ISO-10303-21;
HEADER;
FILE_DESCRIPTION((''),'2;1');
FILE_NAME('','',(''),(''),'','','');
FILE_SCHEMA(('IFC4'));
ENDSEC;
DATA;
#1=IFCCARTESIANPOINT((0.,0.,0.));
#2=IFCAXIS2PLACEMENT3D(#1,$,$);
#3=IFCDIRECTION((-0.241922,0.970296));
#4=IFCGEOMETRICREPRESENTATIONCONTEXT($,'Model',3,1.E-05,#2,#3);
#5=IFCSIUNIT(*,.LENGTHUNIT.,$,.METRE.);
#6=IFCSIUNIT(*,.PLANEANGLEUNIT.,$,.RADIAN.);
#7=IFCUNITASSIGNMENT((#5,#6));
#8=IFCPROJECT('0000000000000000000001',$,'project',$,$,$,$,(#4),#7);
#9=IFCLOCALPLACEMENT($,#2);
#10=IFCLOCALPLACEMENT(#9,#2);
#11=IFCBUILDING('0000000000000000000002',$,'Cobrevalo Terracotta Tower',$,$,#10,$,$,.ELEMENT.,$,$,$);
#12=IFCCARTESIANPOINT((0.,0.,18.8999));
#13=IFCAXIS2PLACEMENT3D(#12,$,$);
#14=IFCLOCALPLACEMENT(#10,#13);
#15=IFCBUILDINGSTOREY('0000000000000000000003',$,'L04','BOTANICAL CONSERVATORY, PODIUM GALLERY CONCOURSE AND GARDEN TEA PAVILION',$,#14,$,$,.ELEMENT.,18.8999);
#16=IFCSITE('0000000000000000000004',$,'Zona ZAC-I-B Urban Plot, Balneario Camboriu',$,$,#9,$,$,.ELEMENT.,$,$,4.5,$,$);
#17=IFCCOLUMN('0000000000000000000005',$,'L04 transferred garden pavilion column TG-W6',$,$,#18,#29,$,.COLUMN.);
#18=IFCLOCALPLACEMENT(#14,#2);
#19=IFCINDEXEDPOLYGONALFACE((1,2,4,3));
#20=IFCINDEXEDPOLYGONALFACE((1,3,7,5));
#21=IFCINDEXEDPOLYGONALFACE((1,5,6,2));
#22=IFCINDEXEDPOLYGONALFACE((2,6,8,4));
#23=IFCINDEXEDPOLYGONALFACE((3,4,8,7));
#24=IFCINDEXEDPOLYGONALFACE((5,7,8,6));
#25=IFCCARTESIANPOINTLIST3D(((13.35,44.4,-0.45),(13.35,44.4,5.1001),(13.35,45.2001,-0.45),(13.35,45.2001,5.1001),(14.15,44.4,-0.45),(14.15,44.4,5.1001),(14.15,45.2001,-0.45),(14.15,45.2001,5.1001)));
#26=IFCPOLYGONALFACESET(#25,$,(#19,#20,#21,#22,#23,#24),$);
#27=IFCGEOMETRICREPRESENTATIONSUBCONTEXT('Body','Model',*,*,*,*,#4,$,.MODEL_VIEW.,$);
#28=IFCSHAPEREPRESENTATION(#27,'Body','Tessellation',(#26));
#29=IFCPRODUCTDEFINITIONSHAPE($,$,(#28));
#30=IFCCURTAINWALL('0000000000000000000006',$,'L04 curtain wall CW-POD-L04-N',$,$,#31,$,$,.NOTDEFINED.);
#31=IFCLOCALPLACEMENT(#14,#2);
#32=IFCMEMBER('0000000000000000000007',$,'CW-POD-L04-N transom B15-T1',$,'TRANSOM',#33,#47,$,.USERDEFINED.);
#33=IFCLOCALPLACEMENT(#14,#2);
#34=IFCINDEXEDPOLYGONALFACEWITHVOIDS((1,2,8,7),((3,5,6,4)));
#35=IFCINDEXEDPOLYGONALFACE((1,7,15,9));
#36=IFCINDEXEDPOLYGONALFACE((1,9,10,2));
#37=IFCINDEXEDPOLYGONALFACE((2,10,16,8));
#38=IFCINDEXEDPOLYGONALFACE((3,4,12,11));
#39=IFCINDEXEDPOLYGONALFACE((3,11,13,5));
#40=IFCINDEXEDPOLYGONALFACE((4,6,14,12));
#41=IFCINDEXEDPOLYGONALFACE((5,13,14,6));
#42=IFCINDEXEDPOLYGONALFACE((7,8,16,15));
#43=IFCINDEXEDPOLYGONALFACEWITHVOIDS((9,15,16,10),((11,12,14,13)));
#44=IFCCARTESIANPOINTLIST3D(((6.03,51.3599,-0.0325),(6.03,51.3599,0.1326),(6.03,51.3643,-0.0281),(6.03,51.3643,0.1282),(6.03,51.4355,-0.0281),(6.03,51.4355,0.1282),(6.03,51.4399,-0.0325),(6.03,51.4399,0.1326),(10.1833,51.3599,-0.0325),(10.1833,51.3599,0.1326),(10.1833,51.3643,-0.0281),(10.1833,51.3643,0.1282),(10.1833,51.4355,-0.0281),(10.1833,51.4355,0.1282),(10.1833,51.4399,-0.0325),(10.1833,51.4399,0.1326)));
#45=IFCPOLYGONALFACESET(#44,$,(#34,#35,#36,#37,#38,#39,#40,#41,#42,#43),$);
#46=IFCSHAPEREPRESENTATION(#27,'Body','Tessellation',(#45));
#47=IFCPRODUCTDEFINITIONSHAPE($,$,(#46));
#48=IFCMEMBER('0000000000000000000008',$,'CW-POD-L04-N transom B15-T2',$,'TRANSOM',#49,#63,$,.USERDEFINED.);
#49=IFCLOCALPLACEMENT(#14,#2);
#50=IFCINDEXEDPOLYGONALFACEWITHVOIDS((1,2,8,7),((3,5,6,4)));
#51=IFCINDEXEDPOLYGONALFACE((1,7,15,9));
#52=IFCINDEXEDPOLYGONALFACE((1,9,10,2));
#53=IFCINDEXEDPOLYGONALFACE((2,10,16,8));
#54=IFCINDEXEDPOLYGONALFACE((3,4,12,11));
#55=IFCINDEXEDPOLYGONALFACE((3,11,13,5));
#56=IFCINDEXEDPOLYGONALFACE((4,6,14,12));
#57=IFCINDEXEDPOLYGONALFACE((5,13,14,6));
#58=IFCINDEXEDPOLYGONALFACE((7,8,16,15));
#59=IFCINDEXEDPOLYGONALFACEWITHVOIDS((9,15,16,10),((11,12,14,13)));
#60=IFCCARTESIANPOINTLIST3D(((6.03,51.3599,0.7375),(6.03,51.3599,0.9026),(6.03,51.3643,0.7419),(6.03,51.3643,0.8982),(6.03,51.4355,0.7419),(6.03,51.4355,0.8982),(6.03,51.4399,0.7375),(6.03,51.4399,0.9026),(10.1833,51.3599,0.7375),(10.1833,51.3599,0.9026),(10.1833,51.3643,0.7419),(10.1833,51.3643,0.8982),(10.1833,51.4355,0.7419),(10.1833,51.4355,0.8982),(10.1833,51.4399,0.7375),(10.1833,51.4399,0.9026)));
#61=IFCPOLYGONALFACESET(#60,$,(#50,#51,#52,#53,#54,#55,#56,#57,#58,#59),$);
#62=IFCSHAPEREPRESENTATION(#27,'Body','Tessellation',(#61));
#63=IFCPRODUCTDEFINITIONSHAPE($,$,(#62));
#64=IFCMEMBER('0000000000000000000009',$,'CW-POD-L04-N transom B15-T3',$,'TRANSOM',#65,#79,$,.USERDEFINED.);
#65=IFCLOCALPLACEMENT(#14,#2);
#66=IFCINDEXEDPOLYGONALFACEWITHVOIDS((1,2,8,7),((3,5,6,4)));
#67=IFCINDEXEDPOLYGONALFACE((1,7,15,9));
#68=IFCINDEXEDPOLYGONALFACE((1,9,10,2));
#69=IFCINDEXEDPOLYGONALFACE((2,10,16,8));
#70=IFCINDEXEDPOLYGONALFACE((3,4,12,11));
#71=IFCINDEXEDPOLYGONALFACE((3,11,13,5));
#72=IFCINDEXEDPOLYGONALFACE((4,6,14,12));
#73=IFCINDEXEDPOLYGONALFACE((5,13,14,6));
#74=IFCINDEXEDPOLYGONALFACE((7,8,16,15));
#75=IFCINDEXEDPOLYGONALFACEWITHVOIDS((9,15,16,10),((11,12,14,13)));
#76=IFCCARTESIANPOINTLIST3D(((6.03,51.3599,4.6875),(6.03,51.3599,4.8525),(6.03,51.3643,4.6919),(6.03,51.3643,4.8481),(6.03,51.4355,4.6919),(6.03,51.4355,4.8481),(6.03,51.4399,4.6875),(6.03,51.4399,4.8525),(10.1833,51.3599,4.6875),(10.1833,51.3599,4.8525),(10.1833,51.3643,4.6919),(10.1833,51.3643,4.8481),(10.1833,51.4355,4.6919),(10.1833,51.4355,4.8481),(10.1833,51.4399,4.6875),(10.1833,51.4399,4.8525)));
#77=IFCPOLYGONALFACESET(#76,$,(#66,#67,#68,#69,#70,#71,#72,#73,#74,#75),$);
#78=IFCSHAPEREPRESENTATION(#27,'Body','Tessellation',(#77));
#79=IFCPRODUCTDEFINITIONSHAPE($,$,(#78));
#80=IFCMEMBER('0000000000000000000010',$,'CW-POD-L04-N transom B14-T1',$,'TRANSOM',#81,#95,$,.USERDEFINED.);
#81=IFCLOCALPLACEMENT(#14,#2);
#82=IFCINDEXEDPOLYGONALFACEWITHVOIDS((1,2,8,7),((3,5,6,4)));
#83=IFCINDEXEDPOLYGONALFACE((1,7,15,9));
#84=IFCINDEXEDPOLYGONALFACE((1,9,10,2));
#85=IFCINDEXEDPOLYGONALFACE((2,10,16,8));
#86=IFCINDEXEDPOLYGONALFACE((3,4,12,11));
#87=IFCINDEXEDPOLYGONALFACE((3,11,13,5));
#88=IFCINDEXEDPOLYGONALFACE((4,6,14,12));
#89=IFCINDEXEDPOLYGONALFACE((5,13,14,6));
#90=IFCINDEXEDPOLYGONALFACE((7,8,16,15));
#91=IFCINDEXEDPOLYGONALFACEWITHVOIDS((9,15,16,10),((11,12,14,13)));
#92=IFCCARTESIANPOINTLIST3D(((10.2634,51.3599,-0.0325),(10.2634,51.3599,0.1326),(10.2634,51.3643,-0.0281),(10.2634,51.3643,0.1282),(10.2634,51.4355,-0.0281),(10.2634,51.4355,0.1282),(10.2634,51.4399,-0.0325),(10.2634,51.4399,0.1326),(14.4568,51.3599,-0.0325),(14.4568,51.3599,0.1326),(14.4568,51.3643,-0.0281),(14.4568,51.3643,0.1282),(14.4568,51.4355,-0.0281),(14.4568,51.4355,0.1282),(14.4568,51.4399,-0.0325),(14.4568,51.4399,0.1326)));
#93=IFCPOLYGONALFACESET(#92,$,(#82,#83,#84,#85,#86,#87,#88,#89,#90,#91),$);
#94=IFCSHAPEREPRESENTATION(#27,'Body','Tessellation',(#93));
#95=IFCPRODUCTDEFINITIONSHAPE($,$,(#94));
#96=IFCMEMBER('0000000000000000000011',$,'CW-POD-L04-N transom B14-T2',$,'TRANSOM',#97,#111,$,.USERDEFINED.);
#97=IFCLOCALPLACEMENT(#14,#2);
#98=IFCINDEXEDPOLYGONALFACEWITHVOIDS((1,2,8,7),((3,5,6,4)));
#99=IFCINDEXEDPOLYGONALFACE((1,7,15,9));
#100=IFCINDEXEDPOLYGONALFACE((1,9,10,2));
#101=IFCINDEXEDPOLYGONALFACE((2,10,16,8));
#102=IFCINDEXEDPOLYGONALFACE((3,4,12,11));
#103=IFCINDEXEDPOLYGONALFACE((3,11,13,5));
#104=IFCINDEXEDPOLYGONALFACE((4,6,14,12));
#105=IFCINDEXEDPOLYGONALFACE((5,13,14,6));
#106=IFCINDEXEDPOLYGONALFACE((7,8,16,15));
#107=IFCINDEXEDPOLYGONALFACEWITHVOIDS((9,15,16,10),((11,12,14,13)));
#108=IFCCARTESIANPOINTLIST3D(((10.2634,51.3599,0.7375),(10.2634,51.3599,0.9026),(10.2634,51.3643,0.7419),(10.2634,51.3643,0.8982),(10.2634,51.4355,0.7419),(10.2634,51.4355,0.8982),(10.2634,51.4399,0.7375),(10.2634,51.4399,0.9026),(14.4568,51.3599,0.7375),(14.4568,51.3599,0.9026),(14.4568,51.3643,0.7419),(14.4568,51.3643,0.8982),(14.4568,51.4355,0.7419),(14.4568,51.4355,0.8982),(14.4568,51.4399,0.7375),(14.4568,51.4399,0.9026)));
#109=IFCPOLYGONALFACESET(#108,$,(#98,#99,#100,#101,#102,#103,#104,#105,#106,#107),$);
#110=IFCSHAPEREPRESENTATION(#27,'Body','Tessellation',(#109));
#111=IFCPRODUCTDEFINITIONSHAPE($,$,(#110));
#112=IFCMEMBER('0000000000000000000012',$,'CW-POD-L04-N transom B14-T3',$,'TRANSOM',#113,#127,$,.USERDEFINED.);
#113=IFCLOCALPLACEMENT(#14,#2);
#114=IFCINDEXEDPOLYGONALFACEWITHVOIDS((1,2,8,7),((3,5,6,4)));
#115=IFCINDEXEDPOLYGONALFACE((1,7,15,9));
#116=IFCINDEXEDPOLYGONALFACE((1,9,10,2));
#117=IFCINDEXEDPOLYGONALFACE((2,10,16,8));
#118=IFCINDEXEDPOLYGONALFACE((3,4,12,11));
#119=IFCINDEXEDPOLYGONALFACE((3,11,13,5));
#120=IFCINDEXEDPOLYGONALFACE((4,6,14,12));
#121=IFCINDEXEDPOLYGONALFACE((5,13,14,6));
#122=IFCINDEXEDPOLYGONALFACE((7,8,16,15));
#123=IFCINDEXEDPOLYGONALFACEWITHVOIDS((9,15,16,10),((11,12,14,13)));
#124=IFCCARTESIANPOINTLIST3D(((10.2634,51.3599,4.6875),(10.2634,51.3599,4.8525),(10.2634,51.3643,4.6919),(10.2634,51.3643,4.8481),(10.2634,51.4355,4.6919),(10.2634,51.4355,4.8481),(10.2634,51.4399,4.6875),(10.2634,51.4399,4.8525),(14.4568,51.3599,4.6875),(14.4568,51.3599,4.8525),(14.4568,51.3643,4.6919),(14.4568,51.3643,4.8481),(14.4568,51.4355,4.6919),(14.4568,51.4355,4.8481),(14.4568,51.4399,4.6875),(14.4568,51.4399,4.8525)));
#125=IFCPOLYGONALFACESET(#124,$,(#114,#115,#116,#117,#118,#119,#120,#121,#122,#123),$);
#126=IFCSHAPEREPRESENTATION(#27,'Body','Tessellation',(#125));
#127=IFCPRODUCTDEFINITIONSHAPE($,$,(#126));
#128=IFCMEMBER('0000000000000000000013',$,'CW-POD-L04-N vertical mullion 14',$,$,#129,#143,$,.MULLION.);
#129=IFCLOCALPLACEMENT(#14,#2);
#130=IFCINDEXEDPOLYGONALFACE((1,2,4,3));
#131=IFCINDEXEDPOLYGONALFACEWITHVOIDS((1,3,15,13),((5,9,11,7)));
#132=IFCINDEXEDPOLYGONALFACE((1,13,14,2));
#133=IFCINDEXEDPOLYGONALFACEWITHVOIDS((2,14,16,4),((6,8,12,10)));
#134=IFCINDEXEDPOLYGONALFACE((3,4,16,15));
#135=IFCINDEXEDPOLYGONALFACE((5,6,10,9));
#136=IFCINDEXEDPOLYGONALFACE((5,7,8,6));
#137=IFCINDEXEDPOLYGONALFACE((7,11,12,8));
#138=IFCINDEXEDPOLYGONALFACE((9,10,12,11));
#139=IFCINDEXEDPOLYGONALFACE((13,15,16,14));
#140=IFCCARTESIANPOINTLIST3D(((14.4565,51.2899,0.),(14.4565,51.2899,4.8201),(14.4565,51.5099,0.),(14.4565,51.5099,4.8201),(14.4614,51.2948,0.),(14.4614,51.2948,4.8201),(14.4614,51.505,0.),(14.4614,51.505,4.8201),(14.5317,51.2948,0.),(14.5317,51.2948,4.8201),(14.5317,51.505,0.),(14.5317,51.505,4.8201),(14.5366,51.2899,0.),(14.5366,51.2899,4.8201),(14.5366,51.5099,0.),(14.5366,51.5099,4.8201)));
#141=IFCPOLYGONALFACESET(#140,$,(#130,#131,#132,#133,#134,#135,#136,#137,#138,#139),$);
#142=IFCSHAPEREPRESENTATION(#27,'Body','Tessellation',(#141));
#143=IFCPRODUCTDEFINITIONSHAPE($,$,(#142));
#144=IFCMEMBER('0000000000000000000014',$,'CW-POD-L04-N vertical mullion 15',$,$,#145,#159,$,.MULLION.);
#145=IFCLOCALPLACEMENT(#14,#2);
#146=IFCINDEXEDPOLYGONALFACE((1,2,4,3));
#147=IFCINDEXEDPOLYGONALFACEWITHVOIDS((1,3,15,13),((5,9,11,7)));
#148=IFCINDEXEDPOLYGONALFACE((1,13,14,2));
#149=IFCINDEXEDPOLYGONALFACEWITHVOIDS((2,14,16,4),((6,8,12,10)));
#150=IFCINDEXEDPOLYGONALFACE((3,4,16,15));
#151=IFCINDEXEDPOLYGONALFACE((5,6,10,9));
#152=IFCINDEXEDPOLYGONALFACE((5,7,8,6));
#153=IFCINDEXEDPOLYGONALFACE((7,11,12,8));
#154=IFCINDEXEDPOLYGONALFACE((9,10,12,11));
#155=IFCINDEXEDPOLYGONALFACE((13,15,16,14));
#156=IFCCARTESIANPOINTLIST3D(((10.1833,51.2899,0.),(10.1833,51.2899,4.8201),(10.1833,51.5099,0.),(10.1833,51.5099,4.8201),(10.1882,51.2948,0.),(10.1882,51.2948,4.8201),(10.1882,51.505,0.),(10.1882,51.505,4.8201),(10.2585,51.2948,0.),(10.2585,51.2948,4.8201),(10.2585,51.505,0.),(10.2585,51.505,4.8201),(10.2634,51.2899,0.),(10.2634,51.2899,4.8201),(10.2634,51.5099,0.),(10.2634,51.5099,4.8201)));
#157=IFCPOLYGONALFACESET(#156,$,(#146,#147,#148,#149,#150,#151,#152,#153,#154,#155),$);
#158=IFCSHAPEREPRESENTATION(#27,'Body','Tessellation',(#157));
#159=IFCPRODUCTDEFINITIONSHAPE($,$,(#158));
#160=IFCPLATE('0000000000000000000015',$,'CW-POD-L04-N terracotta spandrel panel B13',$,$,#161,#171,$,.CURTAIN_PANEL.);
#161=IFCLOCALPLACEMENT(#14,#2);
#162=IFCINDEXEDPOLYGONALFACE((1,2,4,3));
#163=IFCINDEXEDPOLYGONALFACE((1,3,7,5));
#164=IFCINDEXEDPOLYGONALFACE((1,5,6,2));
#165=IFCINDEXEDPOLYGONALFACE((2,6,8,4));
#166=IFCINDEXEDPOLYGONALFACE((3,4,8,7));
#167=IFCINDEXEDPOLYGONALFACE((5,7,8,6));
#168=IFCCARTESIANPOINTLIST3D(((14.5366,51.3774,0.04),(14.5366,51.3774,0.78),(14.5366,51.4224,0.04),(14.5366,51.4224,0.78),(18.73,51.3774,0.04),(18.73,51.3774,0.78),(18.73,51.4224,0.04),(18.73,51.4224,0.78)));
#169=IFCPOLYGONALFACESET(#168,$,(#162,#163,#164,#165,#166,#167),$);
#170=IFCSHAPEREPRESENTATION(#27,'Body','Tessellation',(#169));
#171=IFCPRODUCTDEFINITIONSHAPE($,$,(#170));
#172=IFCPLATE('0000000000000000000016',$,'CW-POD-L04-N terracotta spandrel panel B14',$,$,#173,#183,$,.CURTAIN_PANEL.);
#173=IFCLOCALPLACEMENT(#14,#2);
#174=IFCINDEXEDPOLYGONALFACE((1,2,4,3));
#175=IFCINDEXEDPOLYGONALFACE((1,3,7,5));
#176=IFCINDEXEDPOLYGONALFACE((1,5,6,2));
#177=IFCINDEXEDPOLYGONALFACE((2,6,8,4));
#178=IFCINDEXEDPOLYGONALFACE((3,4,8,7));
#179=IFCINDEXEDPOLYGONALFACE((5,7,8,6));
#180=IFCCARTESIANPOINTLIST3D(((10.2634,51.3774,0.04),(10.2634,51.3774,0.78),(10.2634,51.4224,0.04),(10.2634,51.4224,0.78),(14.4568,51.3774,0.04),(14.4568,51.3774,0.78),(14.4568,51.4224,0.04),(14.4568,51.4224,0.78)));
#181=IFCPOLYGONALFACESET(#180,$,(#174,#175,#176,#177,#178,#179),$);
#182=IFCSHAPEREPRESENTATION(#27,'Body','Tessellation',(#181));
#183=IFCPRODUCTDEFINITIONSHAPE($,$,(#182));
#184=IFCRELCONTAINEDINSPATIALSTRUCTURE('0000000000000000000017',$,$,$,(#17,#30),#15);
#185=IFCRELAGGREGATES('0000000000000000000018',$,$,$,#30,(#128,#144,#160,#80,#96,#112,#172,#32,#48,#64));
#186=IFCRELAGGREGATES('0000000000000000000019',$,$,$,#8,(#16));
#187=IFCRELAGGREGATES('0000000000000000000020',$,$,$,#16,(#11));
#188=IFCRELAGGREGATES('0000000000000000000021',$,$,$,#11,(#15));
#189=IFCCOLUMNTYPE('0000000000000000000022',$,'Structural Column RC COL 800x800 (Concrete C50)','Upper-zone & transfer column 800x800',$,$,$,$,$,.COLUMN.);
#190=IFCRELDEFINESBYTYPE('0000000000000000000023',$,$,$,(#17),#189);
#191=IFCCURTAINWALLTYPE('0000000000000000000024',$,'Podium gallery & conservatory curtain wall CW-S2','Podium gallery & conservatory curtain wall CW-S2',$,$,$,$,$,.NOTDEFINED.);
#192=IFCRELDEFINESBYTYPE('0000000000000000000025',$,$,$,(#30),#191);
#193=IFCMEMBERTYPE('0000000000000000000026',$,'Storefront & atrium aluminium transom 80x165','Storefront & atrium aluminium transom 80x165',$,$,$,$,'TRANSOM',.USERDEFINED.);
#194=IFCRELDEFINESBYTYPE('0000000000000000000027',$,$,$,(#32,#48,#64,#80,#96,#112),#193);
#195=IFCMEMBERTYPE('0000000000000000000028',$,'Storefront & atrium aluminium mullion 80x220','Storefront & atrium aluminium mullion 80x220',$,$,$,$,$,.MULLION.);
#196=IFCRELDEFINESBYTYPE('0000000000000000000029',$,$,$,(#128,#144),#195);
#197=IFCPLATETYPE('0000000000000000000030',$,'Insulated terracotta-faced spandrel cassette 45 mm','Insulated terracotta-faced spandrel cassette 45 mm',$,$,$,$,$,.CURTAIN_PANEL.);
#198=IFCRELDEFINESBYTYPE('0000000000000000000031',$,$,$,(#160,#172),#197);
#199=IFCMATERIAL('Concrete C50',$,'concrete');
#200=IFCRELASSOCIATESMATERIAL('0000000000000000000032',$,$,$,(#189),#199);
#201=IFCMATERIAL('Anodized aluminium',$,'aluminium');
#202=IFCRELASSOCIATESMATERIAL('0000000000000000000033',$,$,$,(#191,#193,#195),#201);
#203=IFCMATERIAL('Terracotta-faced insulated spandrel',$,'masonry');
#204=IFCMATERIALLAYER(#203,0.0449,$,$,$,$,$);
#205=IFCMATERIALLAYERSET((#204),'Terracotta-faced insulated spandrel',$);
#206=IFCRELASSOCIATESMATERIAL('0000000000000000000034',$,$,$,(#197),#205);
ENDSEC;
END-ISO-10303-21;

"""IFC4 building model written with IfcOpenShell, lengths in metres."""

from ifc_helpers import new_model, si_unit, direction, frame, origin, origin_2d, place, context, subcontext, project, spatial, rectangle, hollow_rectangle, extrude, source, transform, mapped, material, layer, layer_set, material_profile, profile_set, type_object, element, aggregate, save


model = new_model("IFC4")

# Units and contexts
model_context = context("Model", 3, precision=1e-05, world=origin(), true_north=direction((-0.241922, 0.970296)))
body_context = subcontext(model_context, "Body", "Model", "MODEL_VIEW")
ifc_project = project(units=[si_unit("LENGTHUNIT", "METRE"), si_unit("PLANEANGLEUNIT", "RADIAN")], contexts=[model_context])

# Site, building, storey
site_placement = place(None, origin())
site = spatial("IfcSite", under=ifc_project, at=site_placement, Name="Zona ZAC-I-B Urban Plot, Balneario Camboriu", CompositionType="ELEMENT", RefElevation=4.5)
building_placement = place(site_placement, origin())
building = spatial("IfcBuilding", under=site, at=building_placement, Name="Cobrevalo Terracotta Tower", CompositionType="ELEMENT")
storey_placement = place(building_placement, frame((0.0, 0.0, 18.8999)))
storey = spatial("IfcBuildingStorey", under=building, at=storey_placement, Name="L04", Description="BOTANICAL CONSERVATORY, PODIUM GALLERY CONCOURSE AND GARDEN TEA PAVILION", CompositionType="ELEMENT", Elevation=18.8999)

# Column
ifc_material_1 = material(Name="Concrete C50", Category="concrete")
ifc_material_profile_1 = material_profile(ifc_material_1, rectangle(XDim=0.8, YDim=0.8, at=origin_2d()), Name="RC COL 800x800")
ifc_profile_set_1 = profile_set([ifc_material_profile_1], Name="Concrete C50")
column_type = type_object("IfcColumnType", Name="Structural Column RC COL 800x800 (Concrete C50)", Description="Upper-zone & transfer column 800x800", PredefinedType="COLUMN", material=ifc_profile_set_1)
column_placement = place(storey_placement, frame((13.75, 44.8, -0.45), z_axis=(0.0, 0.0, 1.0), x_axis=(1.0, 0.0, 0.0)))
element("IfcColumn", 1, at=column_placement, inside=storey, type_object=column_type, Name="L04 transferred garden pavilion column TG-W6", PredefinedType="COLUMN", context=body_context, shape_type="SweptSolid", body=[
    extrude(rectangle(XDim=0.8, YDim=0.8, at=origin_2d()), origin(), (0.0, 0.0, 1.0), 5.55),
])

# Curtain wall, members, plates
ifc_material_2 = material(Name="Anodized aluminium", Category="aluminium")
curtain_wall_type = type_object("IfcCurtainWallType", Name="Podium gallery & conservatory curtain wall CW-S2", Description="Podium gallery & conservatory curtain wall CW-S2", PredefinedType="NOTDEFINED", material=ifc_material_2)
curtain_wall_placement = place(storey_placement, origin())
curtain_wall = element("IfcCurtainWall", 2, at=curtain_wall_placement, inside=storey, type_object=curtain_wall_type, Name="L04 curtain wall CW-POD-L04-N", PredefinedType="NOTDEFINED")
ifc_material_profile_2 = material_profile(ifc_material_2, hollow_rectangle(XDim=0.0801, YDim=0.165, WallThickness=0.0044, at=origin_2d()), Name="CWT 80x165")
ifc_profile_set_2 = profile_set([ifc_material_profile_2], Name="Anodized aluminium")
member_type_1 = type_object("IfcMemberType", Name="Storefront & atrium aluminium transom 80x165", Description="Storefront & atrium aluminium transom 80x165", ElementType="TRANSOM", PredefinedType="USERDEFINED", material=ifc_profile_set_2)
shared_shape_1 = source(origin(), body_context, "Body", "SweptSolid", [
    extrude(hollow_rectangle(XDim=0.0801, YDim=0.165, WallThickness=0.0044, at=origin_2d()), origin(), (0.0, 0.0, 1.0), 4.1533),
])
member_1_placement = place(storey_placement, frame((10.1833, 51.3999, 0.05), z_axis=(-1.0, 0.0, 0.0), x_axis=(0.0, -1.0, 0.0)))
member_1 = element("IfcMember", 3, at=member_1_placement, type_object=member_type_1, Name="CW-POD-L04-N transom B15-T1", ObjectType="TRANSOM", PredefinedType="USERDEFINED", context=body_context, shape_type="MappedRepresentation", body=[
    mapped(shared_shape_1, transform((0.0, 0.0, 0.0), scale=1.0)),
])
member_2_placement = place(storey_placement, frame((10.1833, 51.3999, 0.8201), z_axis=(-1.0, 0.0, 0.0), x_axis=(0.0, -1.0, 0.0)))
member_2 = element("IfcMember", 4, at=member_2_placement, type_object=member_type_1, Name="CW-POD-L04-N transom B15-T2", ObjectType="TRANSOM", PredefinedType="USERDEFINED", context=body_context, shape_type="MappedRepresentation", body=[
    mapped(shared_shape_1, transform((0.0, 0.0, 0.0), scale=1.0)),
])
member_3_placement = place(storey_placement, frame((10.1833, 51.3999, 4.77), z_axis=(-1.0, 0.0, 0.0), x_axis=(0.0, -1.0, 0.0)))
member_3 = element("IfcMember", 5, at=member_3_placement, type_object=member_type_1, Name="CW-POD-L04-N transom B15-T3", ObjectType="TRANSOM", PredefinedType="USERDEFINED", context=body_context, shape_type="MappedRepresentation", body=[
    mapped(shared_shape_1, transform((0.0, 0.0, 0.0), scale=1.0)),
])
shared_shape_2 = source(origin(), body_context, "Body", "SweptSolid", [
    extrude(hollow_rectangle(XDim=0.0801, YDim=0.165, WallThickness=0.0044, at=origin_2d()), origin(), (0.0, 0.0, 1.0), 4.1934),
])
member_4_placement = place(storey_placement, frame((14.4568, 51.3999, 0.05), z_axis=(-1.0, 0.0, 0.0), x_axis=(0.0, -1.0, 0.0)))
member_4 = element("IfcMember", 6, at=member_4_placement, type_object=member_type_1, Name="CW-POD-L04-N transom B14-T1", ObjectType="TRANSOM", PredefinedType="USERDEFINED", context=body_context, shape_type="MappedRepresentation", body=[
    mapped(shared_shape_2, transform((0.0, 0.0, 0.0), scale=1.0)),
])
member_5_placement = place(storey_placement, frame((14.4568, 51.3999, 0.8201), z_axis=(-1.0, 0.0, 0.0), x_axis=(0.0, -1.0, 0.0)))
member_5 = element("IfcMember", 7, at=member_5_placement, type_object=member_type_1, Name="CW-POD-L04-N transom B14-T2", ObjectType="TRANSOM", PredefinedType="USERDEFINED", context=body_context, shape_type="MappedRepresentation", body=[
    mapped(shared_shape_2, transform((0.0, 0.0, 0.0), scale=1.0)),
])
member_6_placement = place(storey_placement, frame((14.4568, 51.3999, 4.77), z_axis=(-1.0, 0.0, 0.0), x_axis=(0.0, -1.0, 0.0)))
member_6 = element("IfcMember", 8, at=member_6_placement, type_object=member_type_1, Name="CW-POD-L04-N transom B14-T3", ObjectType="TRANSOM", PredefinedType="USERDEFINED", context=body_context, shape_type="MappedRepresentation", body=[
    mapped(shared_shape_2, transform((0.0, 0.0, 0.0), scale=1.0)),
])
ifc_material_profile_3 = material_profile(ifc_material_2, hollow_rectangle(XDim=0.0801, YDim=0.22, WallThickness=0.0049, at=origin_2d()), Name="CWM 80x220")
ifc_profile_set_3 = profile_set([ifc_material_profile_3], Name="Anodized aluminium")
member_type_2 = type_object("IfcMemberType", Name="Storefront & atrium aluminium mullion 80x220", Description="Storefront & atrium aluminium mullion 80x220", PredefinedType="MULLION", material=ifc_profile_set_3)
shared_shape_3 = source(origin(), body_context, "Body", "SweptSolid", [
    extrude(hollow_rectangle(XDim=0.0801, YDim=0.22, WallThickness=0.0049, at=origin_2d()), origin(), (0.0, 0.0, 1.0), 4.8201),
])
member_7_placement = place(storey_placement, frame((14.4966, 51.3999, 0.0), z_axis=(0.0, 0.0, 1.0), x_axis=(-1.0, 0.0, 0.0)))
member_7 = element("IfcMember", 9, at=member_7_placement, type_object=member_type_2, Name="CW-POD-L04-N vertical mullion 14", PredefinedType="MULLION", context=body_context, shape_type="MappedRepresentation", body=[
    mapped(shared_shape_3, transform((0.0, 0.0, 0.0), scale=1.0)),
])
member_8_placement = place(storey_placement, frame((10.2234, 51.3999, 0.0), z_axis=(0.0, 0.0, 1.0), x_axis=(-1.0, 0.0, 0.0)))
member_8 = element("IfcMember", 10, at=member_8_placement, type_object=member_type_2, Name="CW-POD-L04-N vertical mullion 15", PredefinedType="MULLION", context=body_context, shape_type="MappedRepresentation", body=[
    mapped(shared_shape_3, transform((0.0, 0.0, 0.0), scale=1.0)),
])
ifc_material_3 = material(Name="Terracotta-faced insulated spandrel", Category="masonry")
ifc_layer_1 = layer(ifc_material_3, 0.0449)
ifc_layer_set_1 = layer_set([ifc_layer_1], Name="Terracotta-faced insulated spandrel")
plate_type_1 = type_object("IfcPlateType", Name="Insulated terracotta-faced spandrel cassette 45 mm", Description="Insulated terracotta-faced spandrel cassette 45 mm", PredefinedType="CURTAIN_PANEL", material=ifc_layer_set_1)
shared_shape_4 = source(origin(), body_context, "Body", "SweptSolid", [
    extrude(rectangle(XDim=4.1934, YDim=0.0449, at=origin_2d()), origin(), (0.0, 0.0, 1.0), 0.74),
])
plate_1_placement = place(storey_placement, frame((16.6333, 51.3999, 0.04), z_axis=(0.0, 0.0, 1.0), x_axis=(-1.0, 0.0, 0.0)))
plate_1 = element("IfcPlate", 11, at=plate_1_placement, type_object=plate_type_1, Name="CW-POD-L04-N terracotta spandrel panel B13", PredefinedType="CURTAIN_PANEL", context=body_context, shape_type="MappedRepresentation", body=[
    mapped(shared_shape_4, transform((0.0, 0.0, 0.0), scale=1.0)),
])
plate_2_placement = place(storey_placement, frame((12.3601, 51.3999, 0.04), z_axis=(0.0, 0.0, 1.0), x_axis=(-1.0, 0.0, 0.0)))
plate_2 = element("IfcPlate", 12, at=plate_2_placement, type_object=plate_type_1, Name="CW-POD-L04-N terracotta spandrel panel B14", PredefinedType="CURTAIN_PANEL", context=body_context, shape_type="MappedRepresentation", body=[
    mapped(shared_shape_4, transform((0.0, 0.0, 0.0), scale=1.0)),
])
aggregate(curtain_wall, [member_7, member_8, plate_1, member_4, member_5, member_6, plate_2, member_1, member_2, member_3])

save(model, "model.ifc")
